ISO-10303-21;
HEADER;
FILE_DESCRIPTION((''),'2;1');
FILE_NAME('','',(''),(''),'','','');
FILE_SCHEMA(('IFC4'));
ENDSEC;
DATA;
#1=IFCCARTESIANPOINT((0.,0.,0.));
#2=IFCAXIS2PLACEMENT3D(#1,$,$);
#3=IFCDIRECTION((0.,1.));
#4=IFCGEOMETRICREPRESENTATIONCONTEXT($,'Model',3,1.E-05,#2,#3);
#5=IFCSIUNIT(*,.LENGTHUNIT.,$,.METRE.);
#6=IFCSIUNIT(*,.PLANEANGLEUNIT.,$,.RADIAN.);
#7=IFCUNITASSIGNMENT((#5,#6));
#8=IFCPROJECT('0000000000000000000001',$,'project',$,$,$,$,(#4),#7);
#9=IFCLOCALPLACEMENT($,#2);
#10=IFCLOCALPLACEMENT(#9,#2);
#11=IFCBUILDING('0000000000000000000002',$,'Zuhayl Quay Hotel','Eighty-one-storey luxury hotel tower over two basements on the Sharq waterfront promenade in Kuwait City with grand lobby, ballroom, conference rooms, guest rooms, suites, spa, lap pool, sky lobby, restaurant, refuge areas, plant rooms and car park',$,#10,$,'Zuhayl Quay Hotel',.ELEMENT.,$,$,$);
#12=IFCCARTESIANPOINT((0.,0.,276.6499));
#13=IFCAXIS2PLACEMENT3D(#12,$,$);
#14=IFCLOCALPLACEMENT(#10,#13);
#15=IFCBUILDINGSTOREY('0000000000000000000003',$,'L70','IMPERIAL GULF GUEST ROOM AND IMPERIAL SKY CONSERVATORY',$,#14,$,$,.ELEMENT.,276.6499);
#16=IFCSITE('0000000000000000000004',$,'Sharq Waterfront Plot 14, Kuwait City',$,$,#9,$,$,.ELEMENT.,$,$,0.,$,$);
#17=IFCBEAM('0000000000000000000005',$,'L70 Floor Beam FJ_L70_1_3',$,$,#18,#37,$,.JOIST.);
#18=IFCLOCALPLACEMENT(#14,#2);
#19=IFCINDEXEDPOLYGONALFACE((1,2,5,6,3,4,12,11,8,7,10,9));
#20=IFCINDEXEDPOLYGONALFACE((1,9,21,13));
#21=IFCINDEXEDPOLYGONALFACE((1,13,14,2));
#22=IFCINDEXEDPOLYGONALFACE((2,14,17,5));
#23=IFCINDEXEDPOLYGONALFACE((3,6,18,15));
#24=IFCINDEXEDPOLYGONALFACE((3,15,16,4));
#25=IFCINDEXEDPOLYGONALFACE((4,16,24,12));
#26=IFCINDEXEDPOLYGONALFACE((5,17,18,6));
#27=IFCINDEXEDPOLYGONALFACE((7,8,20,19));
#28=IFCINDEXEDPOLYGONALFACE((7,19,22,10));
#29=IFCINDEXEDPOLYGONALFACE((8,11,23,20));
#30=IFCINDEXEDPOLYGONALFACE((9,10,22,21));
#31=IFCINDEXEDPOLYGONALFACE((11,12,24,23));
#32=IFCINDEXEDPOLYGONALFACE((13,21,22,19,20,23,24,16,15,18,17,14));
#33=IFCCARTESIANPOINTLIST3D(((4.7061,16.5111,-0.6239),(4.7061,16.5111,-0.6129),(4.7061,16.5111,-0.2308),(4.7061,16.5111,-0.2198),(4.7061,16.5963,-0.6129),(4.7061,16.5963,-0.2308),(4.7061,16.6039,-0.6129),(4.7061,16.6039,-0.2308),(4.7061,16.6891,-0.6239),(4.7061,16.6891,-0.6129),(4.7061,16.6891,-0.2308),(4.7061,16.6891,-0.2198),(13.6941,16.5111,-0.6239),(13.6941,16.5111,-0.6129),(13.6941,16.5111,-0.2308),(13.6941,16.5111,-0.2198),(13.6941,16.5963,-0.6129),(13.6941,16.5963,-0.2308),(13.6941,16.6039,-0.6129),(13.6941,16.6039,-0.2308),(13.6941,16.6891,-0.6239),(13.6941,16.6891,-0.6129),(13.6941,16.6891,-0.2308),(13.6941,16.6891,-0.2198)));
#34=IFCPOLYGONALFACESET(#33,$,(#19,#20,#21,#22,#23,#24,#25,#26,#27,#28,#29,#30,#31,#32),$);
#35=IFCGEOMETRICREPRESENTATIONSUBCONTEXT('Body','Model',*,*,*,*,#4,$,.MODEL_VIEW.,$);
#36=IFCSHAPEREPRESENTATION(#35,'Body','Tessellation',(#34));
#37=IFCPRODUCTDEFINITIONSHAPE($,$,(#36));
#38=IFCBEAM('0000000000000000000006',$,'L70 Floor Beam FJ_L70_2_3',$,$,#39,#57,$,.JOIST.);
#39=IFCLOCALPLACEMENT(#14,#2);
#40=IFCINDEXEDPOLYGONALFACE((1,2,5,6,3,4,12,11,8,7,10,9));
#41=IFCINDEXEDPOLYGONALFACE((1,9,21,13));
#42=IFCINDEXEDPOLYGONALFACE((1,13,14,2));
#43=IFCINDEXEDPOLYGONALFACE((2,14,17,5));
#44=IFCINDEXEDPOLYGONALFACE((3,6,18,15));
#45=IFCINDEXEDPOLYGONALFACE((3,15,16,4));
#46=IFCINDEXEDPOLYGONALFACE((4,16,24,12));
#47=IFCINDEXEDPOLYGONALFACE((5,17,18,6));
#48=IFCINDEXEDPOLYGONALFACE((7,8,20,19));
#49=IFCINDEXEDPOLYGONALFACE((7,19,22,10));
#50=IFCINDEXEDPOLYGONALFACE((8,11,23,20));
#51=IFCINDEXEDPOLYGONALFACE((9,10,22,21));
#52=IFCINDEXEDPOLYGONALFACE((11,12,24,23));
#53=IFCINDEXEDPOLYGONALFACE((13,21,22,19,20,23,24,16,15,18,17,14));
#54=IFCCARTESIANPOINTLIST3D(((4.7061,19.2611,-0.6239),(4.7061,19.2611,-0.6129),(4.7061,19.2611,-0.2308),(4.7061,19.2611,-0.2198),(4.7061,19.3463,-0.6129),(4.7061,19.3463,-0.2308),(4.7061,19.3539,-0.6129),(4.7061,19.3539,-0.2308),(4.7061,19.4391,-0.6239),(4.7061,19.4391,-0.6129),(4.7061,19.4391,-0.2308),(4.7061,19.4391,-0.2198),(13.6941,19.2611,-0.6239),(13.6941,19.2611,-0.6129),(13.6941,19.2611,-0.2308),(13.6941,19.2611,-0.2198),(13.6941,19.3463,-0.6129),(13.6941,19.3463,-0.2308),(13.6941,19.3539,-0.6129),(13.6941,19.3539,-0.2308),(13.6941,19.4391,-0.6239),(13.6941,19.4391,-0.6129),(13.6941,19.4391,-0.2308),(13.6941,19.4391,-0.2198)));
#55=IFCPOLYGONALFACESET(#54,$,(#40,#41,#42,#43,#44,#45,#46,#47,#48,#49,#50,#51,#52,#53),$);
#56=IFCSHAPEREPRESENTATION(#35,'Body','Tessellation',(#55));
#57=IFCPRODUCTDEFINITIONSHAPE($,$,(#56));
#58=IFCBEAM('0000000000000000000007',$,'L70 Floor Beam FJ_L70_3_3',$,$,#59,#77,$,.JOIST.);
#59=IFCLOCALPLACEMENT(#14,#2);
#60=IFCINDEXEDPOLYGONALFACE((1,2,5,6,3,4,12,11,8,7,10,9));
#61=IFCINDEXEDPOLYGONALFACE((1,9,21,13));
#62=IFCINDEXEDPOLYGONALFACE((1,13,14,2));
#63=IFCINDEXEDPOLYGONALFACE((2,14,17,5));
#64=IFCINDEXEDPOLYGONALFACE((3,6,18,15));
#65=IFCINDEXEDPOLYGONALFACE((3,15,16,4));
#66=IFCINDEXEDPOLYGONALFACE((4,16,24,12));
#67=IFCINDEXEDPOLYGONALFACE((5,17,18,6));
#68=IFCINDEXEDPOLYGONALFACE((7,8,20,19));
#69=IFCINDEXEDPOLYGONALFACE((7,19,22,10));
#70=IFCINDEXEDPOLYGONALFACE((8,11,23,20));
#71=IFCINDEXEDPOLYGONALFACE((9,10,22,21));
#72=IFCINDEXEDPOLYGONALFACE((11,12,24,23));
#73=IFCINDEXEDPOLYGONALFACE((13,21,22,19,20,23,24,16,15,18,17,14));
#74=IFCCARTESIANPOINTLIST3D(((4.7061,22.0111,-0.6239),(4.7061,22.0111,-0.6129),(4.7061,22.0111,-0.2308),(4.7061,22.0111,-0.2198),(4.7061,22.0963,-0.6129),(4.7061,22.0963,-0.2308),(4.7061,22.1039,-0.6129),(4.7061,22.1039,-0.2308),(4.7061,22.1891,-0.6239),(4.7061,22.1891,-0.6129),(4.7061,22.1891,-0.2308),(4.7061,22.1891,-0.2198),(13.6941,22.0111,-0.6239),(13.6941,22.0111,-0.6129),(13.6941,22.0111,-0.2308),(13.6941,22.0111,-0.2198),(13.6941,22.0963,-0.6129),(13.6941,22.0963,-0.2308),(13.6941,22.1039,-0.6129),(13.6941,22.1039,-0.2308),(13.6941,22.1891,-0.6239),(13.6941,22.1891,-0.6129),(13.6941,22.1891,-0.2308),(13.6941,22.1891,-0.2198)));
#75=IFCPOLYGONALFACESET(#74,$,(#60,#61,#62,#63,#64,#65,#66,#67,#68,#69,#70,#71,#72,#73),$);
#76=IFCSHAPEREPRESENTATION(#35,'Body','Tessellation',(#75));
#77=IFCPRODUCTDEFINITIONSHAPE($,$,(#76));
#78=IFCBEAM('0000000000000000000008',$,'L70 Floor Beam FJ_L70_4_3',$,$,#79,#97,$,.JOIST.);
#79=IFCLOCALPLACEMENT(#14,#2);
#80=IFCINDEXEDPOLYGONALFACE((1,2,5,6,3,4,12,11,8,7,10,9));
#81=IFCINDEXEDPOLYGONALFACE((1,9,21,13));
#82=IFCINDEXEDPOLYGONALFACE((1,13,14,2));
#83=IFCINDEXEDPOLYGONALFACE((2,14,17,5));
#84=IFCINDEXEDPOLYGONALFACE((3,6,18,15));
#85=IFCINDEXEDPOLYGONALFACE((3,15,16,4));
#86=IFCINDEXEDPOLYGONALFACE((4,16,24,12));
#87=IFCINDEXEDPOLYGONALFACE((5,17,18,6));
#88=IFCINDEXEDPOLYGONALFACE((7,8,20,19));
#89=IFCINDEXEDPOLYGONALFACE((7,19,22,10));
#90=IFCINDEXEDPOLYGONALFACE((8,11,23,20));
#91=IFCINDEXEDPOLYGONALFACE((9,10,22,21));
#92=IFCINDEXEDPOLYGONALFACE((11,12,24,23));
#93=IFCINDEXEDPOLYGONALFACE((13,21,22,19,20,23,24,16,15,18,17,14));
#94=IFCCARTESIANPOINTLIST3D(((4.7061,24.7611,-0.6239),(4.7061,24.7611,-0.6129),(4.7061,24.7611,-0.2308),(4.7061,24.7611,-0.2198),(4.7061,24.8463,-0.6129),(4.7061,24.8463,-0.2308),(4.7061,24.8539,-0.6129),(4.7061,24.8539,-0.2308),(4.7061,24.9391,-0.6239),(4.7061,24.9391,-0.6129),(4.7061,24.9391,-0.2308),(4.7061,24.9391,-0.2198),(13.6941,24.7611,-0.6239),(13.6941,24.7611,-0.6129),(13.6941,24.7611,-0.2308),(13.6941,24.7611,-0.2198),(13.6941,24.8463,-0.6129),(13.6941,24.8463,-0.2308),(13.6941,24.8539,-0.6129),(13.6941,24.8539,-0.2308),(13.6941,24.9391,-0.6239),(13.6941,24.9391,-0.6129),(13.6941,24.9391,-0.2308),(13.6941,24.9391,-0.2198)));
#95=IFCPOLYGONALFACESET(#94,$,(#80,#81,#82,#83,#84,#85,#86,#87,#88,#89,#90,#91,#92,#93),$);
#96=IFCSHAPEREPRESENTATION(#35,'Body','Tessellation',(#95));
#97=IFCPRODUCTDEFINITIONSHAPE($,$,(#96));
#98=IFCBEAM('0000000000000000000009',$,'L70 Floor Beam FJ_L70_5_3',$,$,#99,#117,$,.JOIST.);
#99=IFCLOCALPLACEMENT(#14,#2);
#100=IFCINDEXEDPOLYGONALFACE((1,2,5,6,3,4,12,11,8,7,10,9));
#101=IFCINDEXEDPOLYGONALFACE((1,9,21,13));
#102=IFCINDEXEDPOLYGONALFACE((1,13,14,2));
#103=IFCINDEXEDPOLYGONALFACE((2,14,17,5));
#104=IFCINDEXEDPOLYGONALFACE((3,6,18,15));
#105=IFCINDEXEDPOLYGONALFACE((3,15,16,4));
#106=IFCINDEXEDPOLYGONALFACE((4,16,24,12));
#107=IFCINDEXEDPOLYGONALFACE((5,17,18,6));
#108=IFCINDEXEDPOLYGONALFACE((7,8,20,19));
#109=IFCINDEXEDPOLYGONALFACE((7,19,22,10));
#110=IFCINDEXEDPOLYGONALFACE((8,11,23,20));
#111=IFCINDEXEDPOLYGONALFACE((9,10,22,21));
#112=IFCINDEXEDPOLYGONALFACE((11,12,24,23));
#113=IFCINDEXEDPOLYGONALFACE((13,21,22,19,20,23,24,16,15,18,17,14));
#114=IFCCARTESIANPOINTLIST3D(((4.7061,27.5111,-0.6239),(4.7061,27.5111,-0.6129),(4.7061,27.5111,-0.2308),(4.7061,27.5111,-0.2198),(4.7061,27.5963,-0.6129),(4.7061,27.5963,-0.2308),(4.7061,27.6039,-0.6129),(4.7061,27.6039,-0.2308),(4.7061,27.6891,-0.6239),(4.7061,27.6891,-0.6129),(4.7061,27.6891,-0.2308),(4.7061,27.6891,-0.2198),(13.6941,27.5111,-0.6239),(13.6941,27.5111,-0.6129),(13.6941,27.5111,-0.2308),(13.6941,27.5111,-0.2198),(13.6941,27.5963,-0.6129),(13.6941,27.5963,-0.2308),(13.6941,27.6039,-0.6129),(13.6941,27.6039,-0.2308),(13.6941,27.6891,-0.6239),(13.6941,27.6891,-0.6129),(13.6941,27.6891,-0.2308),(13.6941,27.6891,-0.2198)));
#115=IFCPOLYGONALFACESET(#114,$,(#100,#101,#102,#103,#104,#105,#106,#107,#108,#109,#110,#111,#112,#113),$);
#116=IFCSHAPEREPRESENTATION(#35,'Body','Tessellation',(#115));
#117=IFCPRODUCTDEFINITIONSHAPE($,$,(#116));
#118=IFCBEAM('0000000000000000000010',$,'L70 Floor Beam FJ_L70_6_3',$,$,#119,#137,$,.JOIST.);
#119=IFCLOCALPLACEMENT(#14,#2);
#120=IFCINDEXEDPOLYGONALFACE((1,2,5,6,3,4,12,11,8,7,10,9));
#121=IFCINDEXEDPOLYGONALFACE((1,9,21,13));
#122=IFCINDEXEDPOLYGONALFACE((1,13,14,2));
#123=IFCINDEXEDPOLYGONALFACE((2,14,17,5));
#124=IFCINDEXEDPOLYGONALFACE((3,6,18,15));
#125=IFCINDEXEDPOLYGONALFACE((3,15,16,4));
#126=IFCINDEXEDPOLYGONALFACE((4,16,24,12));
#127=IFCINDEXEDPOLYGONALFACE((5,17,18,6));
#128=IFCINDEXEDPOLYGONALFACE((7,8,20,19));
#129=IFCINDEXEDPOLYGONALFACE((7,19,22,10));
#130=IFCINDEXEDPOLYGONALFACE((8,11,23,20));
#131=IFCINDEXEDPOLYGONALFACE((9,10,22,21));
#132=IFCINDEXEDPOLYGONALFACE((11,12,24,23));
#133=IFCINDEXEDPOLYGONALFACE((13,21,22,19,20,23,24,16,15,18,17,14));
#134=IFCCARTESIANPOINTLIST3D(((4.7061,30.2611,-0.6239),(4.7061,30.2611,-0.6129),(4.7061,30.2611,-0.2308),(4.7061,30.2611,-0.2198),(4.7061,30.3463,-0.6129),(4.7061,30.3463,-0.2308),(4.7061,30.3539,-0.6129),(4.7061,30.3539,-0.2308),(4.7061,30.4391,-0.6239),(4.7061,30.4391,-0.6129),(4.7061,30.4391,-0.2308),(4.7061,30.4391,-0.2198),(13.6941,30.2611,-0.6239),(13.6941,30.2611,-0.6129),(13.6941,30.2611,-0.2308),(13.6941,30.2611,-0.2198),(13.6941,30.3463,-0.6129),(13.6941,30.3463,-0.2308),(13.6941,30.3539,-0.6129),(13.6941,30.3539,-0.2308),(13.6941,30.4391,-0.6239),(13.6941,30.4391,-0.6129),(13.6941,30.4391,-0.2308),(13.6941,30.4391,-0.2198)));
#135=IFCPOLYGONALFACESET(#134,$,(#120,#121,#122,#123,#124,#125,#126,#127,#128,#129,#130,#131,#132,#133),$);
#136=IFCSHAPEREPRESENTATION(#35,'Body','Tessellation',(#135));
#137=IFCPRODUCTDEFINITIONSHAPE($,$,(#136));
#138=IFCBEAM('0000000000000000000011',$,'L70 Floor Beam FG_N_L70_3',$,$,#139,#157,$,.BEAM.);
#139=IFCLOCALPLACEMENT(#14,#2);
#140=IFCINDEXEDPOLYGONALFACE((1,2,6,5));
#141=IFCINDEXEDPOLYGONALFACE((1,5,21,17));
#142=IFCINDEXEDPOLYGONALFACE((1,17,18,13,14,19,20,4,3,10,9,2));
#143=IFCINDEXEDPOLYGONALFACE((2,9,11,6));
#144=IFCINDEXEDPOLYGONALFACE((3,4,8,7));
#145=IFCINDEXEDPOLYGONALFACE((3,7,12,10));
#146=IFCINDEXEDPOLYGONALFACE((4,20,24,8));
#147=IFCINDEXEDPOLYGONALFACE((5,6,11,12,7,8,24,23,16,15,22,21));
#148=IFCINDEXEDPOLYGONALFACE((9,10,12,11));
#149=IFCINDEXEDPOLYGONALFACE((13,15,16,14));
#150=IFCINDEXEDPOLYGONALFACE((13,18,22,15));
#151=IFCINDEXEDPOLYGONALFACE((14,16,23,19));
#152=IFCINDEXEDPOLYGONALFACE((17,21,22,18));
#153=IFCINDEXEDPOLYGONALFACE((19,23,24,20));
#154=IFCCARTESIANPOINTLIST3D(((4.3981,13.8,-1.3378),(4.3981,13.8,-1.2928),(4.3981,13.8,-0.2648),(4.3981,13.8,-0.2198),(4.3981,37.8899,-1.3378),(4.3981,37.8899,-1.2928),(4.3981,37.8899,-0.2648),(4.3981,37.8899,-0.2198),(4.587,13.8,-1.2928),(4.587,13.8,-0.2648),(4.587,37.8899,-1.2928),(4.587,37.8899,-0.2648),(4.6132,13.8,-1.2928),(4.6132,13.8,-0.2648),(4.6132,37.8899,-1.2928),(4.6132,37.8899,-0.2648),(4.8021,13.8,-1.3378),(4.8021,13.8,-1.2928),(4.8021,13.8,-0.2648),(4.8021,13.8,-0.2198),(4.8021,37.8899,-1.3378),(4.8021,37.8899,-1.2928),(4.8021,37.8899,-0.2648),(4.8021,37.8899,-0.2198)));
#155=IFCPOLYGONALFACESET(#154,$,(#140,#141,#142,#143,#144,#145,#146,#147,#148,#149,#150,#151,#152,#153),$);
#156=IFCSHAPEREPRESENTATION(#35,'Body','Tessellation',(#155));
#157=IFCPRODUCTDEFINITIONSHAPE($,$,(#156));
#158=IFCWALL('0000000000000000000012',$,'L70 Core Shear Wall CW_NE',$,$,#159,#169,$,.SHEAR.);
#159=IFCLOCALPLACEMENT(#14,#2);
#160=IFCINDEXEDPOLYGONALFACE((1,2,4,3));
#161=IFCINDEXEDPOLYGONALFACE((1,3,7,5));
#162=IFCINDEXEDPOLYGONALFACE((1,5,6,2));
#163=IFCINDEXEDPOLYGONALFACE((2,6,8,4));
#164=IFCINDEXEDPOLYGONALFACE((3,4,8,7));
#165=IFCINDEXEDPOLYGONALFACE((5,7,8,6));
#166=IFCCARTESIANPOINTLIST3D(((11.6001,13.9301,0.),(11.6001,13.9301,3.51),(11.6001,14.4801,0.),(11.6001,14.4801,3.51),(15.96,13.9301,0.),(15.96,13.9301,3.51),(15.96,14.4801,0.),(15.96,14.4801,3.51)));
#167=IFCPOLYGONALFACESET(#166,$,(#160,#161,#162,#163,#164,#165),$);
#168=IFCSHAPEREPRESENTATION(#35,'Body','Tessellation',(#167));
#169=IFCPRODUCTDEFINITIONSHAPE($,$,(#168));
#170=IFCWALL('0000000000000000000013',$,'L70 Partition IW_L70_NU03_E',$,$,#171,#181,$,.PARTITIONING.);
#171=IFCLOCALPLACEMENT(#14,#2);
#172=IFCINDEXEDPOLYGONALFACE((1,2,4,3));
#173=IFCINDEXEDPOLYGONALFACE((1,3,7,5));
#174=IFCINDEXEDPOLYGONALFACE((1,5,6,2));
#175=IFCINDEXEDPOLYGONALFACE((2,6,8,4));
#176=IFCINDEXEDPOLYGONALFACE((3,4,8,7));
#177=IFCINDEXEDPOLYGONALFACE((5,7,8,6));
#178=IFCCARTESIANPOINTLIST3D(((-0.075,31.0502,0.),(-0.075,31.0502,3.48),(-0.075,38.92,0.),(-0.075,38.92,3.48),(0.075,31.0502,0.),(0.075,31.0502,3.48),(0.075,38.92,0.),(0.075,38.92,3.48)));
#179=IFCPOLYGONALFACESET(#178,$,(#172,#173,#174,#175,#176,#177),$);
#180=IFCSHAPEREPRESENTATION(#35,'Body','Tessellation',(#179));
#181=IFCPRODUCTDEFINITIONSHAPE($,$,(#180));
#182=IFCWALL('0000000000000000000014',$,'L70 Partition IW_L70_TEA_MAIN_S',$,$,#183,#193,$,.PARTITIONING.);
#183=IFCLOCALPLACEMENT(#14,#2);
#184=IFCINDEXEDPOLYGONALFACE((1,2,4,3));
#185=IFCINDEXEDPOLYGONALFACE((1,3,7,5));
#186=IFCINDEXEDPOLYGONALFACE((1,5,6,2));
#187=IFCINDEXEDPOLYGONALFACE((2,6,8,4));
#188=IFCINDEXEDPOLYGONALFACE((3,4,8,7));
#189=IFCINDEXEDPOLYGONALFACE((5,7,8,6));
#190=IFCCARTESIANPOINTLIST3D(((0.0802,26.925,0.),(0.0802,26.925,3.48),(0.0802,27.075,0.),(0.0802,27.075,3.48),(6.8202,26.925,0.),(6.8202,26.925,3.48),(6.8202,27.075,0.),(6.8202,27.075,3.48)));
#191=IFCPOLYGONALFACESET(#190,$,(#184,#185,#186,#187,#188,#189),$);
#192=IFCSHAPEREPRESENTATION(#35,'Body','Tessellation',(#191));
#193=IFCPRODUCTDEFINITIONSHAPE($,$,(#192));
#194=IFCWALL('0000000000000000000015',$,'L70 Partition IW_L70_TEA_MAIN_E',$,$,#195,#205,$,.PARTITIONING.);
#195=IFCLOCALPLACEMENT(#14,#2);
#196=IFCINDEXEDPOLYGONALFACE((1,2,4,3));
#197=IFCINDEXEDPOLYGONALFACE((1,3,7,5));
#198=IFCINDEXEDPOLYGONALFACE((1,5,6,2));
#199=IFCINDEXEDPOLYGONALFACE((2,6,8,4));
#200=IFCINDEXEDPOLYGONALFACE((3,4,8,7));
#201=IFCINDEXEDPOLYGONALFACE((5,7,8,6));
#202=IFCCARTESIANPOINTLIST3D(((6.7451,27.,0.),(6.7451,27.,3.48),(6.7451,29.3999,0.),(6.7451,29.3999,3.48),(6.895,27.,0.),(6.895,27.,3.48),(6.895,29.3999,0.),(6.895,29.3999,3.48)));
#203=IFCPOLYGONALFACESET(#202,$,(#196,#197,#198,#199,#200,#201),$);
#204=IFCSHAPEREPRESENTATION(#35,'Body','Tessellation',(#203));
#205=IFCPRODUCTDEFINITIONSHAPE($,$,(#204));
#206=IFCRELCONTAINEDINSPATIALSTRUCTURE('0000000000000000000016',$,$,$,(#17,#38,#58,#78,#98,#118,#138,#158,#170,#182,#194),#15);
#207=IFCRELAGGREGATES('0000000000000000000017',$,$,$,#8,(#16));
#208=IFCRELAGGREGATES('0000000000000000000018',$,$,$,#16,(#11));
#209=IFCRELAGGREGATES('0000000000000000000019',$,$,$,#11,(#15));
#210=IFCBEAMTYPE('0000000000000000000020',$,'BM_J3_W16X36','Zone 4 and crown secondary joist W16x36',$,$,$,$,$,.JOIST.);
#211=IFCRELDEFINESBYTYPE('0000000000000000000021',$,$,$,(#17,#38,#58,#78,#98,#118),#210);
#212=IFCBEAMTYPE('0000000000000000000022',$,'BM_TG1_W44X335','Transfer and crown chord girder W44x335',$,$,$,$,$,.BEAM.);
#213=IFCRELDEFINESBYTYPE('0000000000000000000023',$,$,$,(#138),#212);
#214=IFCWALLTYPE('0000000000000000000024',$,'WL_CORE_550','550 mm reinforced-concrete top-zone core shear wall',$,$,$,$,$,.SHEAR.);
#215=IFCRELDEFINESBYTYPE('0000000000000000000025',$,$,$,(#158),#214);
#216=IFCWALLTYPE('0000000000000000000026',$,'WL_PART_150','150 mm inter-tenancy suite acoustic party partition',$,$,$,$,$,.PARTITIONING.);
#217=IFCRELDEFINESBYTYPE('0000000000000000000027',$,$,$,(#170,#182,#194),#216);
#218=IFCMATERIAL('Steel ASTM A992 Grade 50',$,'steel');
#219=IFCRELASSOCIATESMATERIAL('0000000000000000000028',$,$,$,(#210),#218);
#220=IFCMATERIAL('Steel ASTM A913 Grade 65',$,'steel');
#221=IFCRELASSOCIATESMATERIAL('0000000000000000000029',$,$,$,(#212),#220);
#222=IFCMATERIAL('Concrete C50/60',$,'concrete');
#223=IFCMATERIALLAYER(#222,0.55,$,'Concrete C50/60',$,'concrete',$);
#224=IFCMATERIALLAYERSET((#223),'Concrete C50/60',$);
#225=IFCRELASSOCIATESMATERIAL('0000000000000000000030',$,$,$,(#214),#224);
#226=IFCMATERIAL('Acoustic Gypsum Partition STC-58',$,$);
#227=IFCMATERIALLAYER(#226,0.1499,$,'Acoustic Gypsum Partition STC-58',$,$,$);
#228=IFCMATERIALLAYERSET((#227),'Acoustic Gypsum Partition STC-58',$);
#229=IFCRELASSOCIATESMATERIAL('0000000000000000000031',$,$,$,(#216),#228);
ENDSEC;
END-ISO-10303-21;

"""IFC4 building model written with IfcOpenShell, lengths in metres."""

from ifc_helpers import new_model, si_unit, direction, frame, frame_2d, origin, origin_2d, place, context, subcontext, project, spatial, rectangle, i_section, extrude, material, layer, layer_set, material_profile, profile_set, type_object, element, save


model = new_model("IFC4")

# Units and contexts
model_context = context("Model", 3, precision=1e-05, world=origin(), true_north=direction((0.0, 1.0)))
body_context = subcontext(model_context, "Body", "Model", "MODEL_VIEW")
ifc_project = project(units=[si_unit("LENGTHUNIT", "METRE"), si_unit("PLANEANGLEUNIT", "RADIAN")], contexts=[model_context])

# Site, building, storey
site_placement = place(None, origin())
site = spatial("IfcSite", under=ifc_project, at=site_placement, Name="Sharq Waterfront Plot 14, Kuwait City", CompositionType="ELEMENT", RefElevation=0.0)
building_placement = place(site_placement, origin())
building = spatial("IfcBuilding", under=site, at=building_placement, Name="Zuhayl Quay Hotel", Description="Eighty-one-storey luxury hotel tower over two basements on the Sharq waterfront promenade in Kuwait City with grand lobby, ballroom, conference rooms, guest rooms, suites, spa, lap pool, sky lobby, restaurant, refuge areas, plant rooms and car park", LongName="Zuhayl Quay Hotel", CompositionType="ELEMENT")
storey_placement = place(building_placement, frame((0.0, 0.0, 276.6499)))
storey = spatial("IfcBuildingStorey", under=building, at=storey_placement, Name="L70", Description="IMPERIAL GULF GUEST ROOM AND IMPERIAL SKY CONSERVATORY", CompositionType="ELEMENT", Elevation=276.6499)

# Beams
ifc_material_1 = material(Name="Steel ASTM A992 Grade 50", Category="steel")
ifc_material_profile_1 = material_profile(ifc_material_1, i_section(OverallWidth=0.178, OverallDepth=0.4041, WebThickness=0.0076, FlangeThickness=0.011, at=origin_2d()), Name="W16X36")
ifc_profile_set_1 = profile_set([ifc_material_profile_1], Name="Steel ASTM A992 Grade 50")
beam_type_1 = type_object("IfcBeamType", Name="BM_J3_W16X36", Description="Zone 4 and crown secondary joist W16x36", PredefinedType="JOIST", material=ifc_profile_set_1)
for number, where, z_axis, x_axis, name in (
    (1, (4.7061, 16.6001, -0.4219), (1.0, 0.0, 0.0), (0.0, 1.0, 0.0), "L70 Floor Beam FJ_L70_1_3"),
    (2, (4.7061, 19.3501, -0.4219), (1.0, 0.0, 0.0), (0.0, 1.0, 0.0), "L70 Floor Beam FJ_L70_2_3"),
    (3, (4.7061, 22.1001, -0.4219), (1.0, 0.0, 0.0), (0.0, 1.0, 0.0), "L70 Floor Beam FJ_L70_3_3"),
    (4, (4.7061, 24.8501, -0.4219), (1.0, 0.0, 0.0), (0.0, 1.0, 0.0), "L70 Floor Beam FJ_L70_4_3"),
    (5, (4.7061, 27.6001, -0.4219), (1.0, 0.0, 0.0), (0.0, 1.0, 0.0), "L70 Floor Beam FJ_L70_5_3"),
    (6, (4.7061, 30.3501, -0.4219), (1.0, 0.0, 0.0), (0.0, 1.0, 0.0), "L70 Floor Beam FJ_L70_6_3"),
):
    element("IfcBeam", number, at=place(storey_placement, frame(where, z_axis=z_axis, x_axis=x_axis)), inside=storey, type_object=beam_type_1, Name=name, PredefinedType="JOIST", context=body_context, shape_type="SweptSolid", body=[
        extrude(i_section(OverallWidth=0.178, OverallDepth=0.4041, WebThickness=0.0076, FlangeThickness=0.011, at=origin_2d()), origin(), (0.0, 0.0, 1.0), 8.988),
    ])
ifc_material_2 = material(Name="Steel ASTM A913 Grade 65", Category="steel")
ifc_material_profile_2 = material_profile(ifc_material_2, i_section(OverallWidth=0.4041, OverallDepth=1.1179, WebThickness=0.0261, FlangeThickness=0.0449, at=origin_2d()), Name="W44X335")
ifc_profile_set_2 = profile_set([ifc_material_profile_2], Name="Steel ASTM A913 Grade 65")
beam_type_2 = type_object("IfcBeamType", Name="BM_TG1_W44X335", Description="Transfer and crown chord girder W44x335", PredefinedType="BEAM", material=ifc_profile_set_2)
beam_placement = place(storey_placement, frame((4.6001, 13.8, -0.7788), z_axis=(0.0, 1.0, 0.0), x_axis=(-1.0, 0.0, 0.0)))
element("IfcBeam", 7, at=beam_placement, inside=storey, type_object=beam_type_2, Name="L70 Floor Beam FG_N_L70_3", PredefinedType="BEAM", context=body_context, shape_type="SweptSolid", body=[
    extrude(i_section(OverallWidth=0.4041, OverallDepth=1.1179, WebThickness=0.0261, FlangeThickness=0.0449, at=origin_2d()), origin(), (0.0, 0.0, 1.0), 24.0898),
])

# Walls
ifc_material_3 = material(Name="Concrete C50/60", Category="concrete")
ifc_layer_1 = layer(ifc_material_3, 0.55, Name="Concrete C50/60", Category="concrete")
ifc_layer_set_1 = layer_set([ifc_layer_1], Name="Concrete C50/60")
wall_type_1 = type_object("IfcWallType", Name="WL_CORE_550", Description="550 mm reinforced-concrete top-zone core shear wall", PredefinedType="SHEAR", material=ifc_layer_set_1)
wall_1_placement = place(storey_placement, frame((11.6001, 14.2051, 0.0), z_axis=(0.0, 0.0, 1.0), x_axis=(1.0, 0.0, 0.0)))
element("IfcWall", 8, at=wall_1_placement, inside=storey, type_object=wall_type_1, Name="L70 Core Shear Wall CW_NE", PredefinedType="SHEAR", context=body_context, shape_type="SweptSolid", body=[
    extrude(rectangle(XDim=4.3599, YDim=0.55, at=frame_2d((2.1799, 0.0))), origin(), (0.0, 0.0, 1.0), 3.51),
])
ifc_material_4 = material(Name="Acoustic Gypsum Partition STC-58")
ifc_layer_2 = layer(ifc_material_4, 0.1499, Name="Acoustic Gypsum Partition STC-58")
ifc_layer_set_2 = layer_set([ifc_layer_2], Name="Acoustic Gypsum Partition STC-58")
wall_type_2 = type_object("IfcWallType", Name="WL_PART_150", Description="150 mm inter-tenancy suite acoustic party partition", PredefinedType="PARTITIONING", material=ifc_layer_set_2)
wall_2_placement = place(storey_placement, frame((0.0, 31.05, 0.0), z_axis=(0.0, 0.0, 1.0), x_axis=(0.0, 1.0, 0.0)))
element("IfcWall", 9, at=wall_2_placement, inside=storey, type_object=wall_type_2, Name="L70 Partition IW_L70_NU03_E", PredefinedType="PARTITIONING", context=body_context, shape_type="SweptSolid", body=[
    extrude(rectangle(XDim=7.8699, YDim=0.1499, at=frame_2d((3.9351, 0.0))), origin(), (0.0, 0.0, 1.0), 3.48),
])
wall_3_placement = place(storey_placement, frame((0.0801, 27.0, 0.0), z_axis=(0.0, 0.0, 1.0), x_axis=(1.0, 0.0, 0.0)))
element("IfcWall", 10, at=wall_3_placement, inside=storey, type_object=wall_type_2, Name="L70 Partition IW_L70_TEA_MAIN_S", PredefinedType="PARTITIONING", context=body_context, shape_type="SweptSolid", body=[
    extrude(rectangle(XDim=6.74, YDim=0.1499, at=frame_2d((3.3701, 0.0))), origin(), (0.0, 0.0, 1.0), 3.48),
])
wall_4_placement = place(storey_placement, frame((6.8201, 27.0, 0.0), z_axis=(0.0, 0.0, 1.0), x_axis=(0.0, 1.0, 0.0)))
element("IfcWall", 11, at=wall_4_placement, inside=storey, type_object=wall_type_2, Name="L70 Partition IW_L70_TEA_MAIN_E", PredefinedType="PARTITIONING", context=body_context, shape_type="SweptSolid", body=[
    extrude(rectangle(XDim=2.3999, YDim=0.1499, at=frame_2d((1.2, 0.0))), origin(), (0.0, 0.0, 1.0), 3.48),
])

save(model, "model.ifc")
